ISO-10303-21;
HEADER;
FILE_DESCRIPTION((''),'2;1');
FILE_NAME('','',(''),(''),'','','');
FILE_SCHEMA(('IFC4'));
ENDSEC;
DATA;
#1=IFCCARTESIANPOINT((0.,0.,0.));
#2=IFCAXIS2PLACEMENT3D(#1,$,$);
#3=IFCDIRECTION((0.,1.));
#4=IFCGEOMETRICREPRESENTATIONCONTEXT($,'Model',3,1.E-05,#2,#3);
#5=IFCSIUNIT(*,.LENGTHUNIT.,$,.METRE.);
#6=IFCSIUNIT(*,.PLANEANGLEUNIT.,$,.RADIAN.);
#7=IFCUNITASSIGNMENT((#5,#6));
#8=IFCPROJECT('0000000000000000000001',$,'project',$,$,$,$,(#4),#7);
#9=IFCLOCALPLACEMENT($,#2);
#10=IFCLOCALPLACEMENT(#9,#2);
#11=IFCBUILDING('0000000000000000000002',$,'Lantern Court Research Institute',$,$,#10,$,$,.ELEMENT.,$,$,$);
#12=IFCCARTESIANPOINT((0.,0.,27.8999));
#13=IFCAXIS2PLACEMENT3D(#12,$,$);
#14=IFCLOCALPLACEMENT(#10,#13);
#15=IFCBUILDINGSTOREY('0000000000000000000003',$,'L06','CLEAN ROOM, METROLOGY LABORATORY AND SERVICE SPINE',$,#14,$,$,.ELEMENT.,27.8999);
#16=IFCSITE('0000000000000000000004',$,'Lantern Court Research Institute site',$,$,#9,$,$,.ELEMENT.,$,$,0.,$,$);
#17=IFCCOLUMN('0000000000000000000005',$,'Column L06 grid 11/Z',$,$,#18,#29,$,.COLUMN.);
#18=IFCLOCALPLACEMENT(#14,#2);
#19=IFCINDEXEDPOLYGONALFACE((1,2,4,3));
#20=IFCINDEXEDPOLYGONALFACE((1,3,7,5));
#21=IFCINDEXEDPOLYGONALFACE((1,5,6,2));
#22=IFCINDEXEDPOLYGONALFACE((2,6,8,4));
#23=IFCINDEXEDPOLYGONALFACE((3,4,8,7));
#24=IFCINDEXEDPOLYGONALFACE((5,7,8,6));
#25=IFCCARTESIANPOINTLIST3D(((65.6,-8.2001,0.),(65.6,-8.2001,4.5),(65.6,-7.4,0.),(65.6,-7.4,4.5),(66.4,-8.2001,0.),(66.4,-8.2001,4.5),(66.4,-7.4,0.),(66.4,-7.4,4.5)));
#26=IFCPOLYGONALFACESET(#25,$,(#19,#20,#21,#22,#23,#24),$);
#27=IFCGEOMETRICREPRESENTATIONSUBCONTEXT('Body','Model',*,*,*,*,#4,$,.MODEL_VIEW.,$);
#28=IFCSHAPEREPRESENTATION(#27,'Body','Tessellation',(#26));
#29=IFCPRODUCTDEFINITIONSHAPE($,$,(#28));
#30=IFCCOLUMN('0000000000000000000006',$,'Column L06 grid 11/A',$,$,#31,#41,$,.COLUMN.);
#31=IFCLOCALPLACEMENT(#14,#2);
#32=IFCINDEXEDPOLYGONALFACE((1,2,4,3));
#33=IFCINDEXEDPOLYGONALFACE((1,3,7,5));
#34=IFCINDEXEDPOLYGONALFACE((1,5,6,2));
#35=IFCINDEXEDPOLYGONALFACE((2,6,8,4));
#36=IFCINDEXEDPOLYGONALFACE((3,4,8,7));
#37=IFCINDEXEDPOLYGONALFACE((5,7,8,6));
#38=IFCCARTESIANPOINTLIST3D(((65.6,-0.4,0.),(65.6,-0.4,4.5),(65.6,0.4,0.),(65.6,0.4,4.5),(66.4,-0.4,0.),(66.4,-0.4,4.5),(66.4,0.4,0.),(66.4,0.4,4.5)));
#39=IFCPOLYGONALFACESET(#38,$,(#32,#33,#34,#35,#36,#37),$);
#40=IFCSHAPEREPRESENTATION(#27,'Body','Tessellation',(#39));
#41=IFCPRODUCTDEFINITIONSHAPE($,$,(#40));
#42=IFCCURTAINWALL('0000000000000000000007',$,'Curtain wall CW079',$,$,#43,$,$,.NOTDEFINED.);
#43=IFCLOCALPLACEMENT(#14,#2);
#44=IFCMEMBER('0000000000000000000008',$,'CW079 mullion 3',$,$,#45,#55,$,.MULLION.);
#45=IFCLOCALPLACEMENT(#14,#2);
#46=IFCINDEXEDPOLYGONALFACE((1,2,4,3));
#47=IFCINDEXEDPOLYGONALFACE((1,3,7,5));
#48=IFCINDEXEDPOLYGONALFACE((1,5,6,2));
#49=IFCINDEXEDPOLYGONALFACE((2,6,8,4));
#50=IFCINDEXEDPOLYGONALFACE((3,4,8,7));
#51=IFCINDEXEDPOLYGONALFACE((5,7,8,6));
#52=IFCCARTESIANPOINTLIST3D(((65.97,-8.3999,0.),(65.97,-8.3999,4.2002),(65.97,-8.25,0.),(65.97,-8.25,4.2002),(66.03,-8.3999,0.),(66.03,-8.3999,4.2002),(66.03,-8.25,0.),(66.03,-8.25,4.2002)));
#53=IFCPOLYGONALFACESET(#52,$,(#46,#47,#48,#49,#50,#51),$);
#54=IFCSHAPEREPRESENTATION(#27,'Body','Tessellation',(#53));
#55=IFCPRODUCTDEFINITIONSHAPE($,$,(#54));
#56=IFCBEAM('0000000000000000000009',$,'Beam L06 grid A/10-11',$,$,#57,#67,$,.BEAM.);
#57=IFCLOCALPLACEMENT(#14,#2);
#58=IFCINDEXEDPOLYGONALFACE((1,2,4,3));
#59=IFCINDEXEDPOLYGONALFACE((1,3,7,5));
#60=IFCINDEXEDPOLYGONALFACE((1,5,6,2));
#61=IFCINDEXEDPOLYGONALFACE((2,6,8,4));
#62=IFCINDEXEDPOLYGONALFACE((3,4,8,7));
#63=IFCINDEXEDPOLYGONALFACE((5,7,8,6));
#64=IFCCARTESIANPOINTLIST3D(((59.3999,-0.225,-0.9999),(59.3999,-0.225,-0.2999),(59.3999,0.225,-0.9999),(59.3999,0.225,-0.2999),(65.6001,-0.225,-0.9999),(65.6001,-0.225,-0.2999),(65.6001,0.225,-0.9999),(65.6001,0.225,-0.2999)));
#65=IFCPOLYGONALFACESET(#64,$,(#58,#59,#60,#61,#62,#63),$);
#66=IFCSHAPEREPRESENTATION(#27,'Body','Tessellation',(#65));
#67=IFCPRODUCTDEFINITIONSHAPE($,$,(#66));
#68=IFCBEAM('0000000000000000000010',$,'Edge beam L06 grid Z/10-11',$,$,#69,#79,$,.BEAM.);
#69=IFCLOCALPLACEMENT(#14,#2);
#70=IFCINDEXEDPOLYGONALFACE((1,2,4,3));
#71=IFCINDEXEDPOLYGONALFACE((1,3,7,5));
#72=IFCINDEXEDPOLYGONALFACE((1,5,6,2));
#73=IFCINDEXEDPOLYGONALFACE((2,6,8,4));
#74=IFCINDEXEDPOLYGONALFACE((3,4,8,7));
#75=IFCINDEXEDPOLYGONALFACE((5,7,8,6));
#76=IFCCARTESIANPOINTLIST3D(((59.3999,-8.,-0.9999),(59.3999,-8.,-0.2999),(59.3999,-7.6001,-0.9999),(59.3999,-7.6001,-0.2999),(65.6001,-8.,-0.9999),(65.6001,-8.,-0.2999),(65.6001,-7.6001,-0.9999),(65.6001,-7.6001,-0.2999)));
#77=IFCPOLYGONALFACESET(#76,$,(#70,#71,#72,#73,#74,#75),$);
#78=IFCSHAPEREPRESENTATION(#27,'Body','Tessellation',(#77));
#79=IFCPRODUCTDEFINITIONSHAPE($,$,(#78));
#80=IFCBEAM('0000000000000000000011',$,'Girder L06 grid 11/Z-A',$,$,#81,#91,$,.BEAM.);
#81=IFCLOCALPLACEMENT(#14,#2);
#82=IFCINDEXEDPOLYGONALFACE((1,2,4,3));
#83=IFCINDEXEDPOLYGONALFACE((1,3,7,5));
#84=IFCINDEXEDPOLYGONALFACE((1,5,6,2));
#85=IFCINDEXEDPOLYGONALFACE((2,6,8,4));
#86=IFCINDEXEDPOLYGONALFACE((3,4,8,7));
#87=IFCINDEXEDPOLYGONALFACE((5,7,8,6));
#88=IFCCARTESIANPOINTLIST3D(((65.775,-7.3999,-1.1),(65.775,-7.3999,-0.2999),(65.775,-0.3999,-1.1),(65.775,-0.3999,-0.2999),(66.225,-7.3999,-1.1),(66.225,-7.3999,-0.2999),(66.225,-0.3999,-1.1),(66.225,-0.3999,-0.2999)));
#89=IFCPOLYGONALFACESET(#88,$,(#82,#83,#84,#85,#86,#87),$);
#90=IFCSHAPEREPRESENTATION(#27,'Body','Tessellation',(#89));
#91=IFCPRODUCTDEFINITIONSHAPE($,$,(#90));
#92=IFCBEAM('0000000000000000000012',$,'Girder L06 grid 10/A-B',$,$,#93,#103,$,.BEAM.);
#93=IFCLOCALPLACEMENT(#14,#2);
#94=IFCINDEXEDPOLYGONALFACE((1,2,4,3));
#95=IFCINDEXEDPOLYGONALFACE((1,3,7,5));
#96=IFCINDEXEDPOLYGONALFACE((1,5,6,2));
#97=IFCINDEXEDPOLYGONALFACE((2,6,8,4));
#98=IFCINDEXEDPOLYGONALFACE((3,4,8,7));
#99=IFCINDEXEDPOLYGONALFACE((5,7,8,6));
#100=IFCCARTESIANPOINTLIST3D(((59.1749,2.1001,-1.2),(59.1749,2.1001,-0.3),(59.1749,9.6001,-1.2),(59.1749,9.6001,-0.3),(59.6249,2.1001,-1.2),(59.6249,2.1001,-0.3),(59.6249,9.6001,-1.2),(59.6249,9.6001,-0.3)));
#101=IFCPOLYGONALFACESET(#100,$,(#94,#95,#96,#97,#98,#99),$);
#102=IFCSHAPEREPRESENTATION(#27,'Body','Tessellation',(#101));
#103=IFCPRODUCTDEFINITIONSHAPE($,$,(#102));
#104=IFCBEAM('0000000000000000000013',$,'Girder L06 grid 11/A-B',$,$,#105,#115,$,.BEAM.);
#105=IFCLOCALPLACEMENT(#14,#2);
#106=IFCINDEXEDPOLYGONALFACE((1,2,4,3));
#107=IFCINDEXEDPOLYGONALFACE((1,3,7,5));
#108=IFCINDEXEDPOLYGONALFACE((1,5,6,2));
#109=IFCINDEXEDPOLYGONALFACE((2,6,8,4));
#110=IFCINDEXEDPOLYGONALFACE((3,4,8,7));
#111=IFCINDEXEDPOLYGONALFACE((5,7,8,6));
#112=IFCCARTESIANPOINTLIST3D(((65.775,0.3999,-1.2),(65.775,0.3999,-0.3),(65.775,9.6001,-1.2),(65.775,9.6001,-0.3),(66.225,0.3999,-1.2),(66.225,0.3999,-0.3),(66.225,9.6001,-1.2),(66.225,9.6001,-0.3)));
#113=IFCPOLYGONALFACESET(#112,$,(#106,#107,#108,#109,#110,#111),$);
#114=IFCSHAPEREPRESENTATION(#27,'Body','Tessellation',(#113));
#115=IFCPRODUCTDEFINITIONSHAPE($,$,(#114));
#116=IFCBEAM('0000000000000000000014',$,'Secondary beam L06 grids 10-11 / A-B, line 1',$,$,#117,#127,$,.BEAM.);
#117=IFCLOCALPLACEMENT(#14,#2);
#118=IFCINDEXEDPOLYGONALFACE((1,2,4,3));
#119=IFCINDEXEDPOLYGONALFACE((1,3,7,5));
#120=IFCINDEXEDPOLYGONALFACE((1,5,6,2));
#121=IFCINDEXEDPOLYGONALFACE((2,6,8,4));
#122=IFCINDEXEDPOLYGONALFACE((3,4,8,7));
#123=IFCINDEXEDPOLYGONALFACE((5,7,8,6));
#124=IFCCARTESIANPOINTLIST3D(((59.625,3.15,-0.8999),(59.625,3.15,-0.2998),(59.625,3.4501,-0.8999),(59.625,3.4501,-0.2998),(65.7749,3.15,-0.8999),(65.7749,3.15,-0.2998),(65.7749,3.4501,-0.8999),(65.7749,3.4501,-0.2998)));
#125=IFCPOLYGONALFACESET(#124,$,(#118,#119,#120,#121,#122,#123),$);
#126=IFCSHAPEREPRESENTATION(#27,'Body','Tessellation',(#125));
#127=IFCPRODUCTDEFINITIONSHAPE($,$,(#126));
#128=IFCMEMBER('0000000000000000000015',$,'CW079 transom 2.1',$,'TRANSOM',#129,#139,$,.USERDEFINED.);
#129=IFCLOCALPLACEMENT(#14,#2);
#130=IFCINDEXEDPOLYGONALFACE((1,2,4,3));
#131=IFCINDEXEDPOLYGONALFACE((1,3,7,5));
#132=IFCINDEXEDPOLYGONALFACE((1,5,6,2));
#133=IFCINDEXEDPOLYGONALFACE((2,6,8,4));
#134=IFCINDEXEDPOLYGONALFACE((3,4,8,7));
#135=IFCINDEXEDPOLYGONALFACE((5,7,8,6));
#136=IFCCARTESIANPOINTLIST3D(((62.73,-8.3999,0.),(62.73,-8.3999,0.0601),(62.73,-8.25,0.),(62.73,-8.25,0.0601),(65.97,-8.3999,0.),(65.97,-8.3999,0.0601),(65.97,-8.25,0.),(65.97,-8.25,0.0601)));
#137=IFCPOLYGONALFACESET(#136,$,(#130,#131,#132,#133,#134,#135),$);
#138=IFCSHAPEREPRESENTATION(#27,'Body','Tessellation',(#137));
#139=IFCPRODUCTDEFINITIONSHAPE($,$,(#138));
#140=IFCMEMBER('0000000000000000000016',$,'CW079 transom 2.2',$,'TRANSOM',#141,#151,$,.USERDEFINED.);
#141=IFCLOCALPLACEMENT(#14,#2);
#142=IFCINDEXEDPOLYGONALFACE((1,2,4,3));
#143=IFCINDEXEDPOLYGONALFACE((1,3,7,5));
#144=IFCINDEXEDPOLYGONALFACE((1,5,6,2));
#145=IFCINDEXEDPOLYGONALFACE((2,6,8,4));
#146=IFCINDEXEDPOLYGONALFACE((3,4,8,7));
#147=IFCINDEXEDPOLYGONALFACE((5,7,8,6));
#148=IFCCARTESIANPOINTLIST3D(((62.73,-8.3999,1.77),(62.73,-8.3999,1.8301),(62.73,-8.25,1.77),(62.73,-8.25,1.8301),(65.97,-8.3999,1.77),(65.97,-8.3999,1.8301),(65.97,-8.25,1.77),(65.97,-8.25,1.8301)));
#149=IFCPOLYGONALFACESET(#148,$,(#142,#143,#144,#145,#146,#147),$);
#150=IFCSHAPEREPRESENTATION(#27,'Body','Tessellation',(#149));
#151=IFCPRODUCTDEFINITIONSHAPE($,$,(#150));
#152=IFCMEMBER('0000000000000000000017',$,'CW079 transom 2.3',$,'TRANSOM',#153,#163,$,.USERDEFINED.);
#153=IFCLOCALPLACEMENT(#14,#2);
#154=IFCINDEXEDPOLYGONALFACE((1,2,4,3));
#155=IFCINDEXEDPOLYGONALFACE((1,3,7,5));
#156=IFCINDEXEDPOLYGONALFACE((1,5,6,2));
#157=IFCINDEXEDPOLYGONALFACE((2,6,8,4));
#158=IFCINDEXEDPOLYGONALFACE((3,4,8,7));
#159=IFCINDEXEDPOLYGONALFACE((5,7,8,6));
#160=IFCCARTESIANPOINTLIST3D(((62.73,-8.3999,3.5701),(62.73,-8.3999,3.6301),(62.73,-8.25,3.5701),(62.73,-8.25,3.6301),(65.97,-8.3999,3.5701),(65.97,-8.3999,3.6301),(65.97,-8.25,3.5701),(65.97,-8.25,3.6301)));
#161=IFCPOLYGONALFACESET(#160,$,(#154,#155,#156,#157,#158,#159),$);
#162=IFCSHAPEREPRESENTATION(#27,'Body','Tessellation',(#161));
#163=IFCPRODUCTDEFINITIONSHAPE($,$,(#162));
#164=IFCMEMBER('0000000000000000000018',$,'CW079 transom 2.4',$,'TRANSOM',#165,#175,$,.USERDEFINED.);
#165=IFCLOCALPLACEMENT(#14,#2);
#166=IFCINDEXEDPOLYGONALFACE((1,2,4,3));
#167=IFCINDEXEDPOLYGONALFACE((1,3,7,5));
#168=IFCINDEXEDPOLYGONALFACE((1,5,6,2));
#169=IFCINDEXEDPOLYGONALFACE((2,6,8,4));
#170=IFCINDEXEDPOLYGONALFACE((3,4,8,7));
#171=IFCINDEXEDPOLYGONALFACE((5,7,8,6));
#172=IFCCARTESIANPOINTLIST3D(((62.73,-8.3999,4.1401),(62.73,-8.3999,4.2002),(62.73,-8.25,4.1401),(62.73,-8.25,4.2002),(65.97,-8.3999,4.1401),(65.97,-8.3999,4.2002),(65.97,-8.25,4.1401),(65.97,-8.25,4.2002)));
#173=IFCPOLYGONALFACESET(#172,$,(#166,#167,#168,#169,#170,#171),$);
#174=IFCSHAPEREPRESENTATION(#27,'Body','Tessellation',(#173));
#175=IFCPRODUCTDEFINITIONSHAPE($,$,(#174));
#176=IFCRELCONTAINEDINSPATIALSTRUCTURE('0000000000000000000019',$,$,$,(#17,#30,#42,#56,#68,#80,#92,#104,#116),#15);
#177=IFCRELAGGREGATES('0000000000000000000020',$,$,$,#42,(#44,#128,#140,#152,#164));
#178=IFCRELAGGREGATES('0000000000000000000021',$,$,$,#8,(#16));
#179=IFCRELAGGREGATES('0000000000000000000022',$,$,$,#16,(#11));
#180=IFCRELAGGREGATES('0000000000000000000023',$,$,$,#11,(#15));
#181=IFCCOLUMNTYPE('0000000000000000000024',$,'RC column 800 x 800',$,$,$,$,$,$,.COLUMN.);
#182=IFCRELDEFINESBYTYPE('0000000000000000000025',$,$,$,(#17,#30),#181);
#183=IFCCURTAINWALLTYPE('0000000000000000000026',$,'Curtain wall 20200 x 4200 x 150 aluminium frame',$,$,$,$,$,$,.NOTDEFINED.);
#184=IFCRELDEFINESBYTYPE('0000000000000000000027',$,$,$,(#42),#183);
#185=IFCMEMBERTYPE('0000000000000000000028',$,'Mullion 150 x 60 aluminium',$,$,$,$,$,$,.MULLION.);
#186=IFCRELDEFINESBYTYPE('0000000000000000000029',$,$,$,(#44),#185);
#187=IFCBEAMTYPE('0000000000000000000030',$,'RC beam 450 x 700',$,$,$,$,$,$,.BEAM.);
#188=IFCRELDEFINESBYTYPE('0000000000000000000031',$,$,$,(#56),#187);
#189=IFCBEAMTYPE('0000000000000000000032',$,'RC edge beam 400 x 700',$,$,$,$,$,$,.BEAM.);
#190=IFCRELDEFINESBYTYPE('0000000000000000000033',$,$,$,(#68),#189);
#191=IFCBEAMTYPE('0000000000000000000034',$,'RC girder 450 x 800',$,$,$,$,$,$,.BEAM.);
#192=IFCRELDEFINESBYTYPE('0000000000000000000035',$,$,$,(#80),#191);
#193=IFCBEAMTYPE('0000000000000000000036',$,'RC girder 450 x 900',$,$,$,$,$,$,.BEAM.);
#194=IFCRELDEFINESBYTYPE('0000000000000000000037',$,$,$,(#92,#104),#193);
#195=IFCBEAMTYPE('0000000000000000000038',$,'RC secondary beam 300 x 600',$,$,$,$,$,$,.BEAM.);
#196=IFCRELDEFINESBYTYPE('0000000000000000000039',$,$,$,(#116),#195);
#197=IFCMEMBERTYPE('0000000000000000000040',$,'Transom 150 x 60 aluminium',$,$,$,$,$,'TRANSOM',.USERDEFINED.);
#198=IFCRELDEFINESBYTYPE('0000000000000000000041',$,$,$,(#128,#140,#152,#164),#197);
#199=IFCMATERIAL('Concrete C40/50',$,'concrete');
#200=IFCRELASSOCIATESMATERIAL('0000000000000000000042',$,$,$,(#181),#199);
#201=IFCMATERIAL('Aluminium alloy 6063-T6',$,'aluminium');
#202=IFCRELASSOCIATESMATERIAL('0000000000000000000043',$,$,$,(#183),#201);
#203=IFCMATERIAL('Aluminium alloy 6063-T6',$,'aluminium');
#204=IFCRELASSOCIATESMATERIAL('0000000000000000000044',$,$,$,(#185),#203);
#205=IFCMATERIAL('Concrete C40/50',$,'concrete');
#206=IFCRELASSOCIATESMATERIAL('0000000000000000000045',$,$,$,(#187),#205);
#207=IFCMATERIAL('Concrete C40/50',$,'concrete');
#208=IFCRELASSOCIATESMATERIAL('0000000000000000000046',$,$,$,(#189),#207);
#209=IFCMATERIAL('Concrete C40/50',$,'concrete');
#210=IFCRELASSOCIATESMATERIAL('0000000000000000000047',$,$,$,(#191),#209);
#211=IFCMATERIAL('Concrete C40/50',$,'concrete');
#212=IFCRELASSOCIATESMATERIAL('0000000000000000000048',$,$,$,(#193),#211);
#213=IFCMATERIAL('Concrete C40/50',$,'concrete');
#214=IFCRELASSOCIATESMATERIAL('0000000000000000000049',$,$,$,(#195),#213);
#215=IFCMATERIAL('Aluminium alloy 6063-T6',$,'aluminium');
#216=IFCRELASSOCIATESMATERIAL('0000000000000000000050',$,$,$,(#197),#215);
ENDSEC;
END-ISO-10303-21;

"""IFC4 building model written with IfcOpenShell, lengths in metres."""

from ifc_helpers import new_model, si_unit, direction, frame, origin, origin_2d, place, context, subcontext, project, spatial, rectangle, extrude, material, material_profile, profile_set, type_object, element, aggregate, save


model = new_model("IFC4")

# Units and contexts
model_context = context("Model", 3, precision=1e-05, world=origin(), true_north=direction((0.0, 1.0)))
body_context = subcontext(model_context, "Body", "Model", "MODEL_VIEW")
ifc_project = project(units=[si_unit("LENGTHUNIT", "METRE"), si_unit("PLANEANGLEUNIT", "RADIAN")], contexts=[model_context])

# Site, building, storey
site_placement = place(None, origin())
site = spatial("IfcSite", under=ifc_project, at=site_placement, Name="Lantern Court Research Institute site", CompositionType="ELEMENT", RefElevation=0.0)
building_placement = place(site_placement, origin())
building = spatial("IfcBuilding", under=site, at=building_placement, Name="Lantern Court Research Institute", CompositionType="ELEMENT")
storey_placement = place(building_placement, frame((0.0, 0.0, 27.8999)))
storey = spatial("IfcBuildingStorey", under=building, at=storey_placement, Name="L06", Description="CLEAN ROOM, METROLOGY LABORATORY AND SERVICE SPINE", CompositionType="ELEMENT", Elevation=27.8999)

# Columns
ifc_material_1 = material(Name="Concrete C40/50", Category="concrete")
ifc_material_profile_1 = material_profile(ifc_material_1, rectangle(XDim=0.8, YDim=0.8, at=origin_2d()), Name="RC column 800 x 800")
ifc_profile_set_1 = profile_set([ifc_material_profile_1], Name="Concrete C40/50")
column_type = type_object("IfcColumnType", Name="RC column 800 x 800", PredefinedType="COLUMN", material=ifc_profile_set_1)
for number, where, z_axis, x_axis, name in (
    (1, (66.0, -7.8, 0.0), (0.0, 0.0, 1.0), (1.0, 0.0, 0.0), "Column L06 grid 11/Z"),
    (2, (66.0, 0.0, 0.0), (0.0, 0.0, 1.0), (1.0, 0.0, 0.0), "Column L06 grid 11/A"),
):
    element("IfcColumn", number, at=place(storey_placement, frame(where, z_axis=z_axis, x_axis=x_axis)), inside=storey, type_object=column_type, Name=name, PredefinedType="COLUMN", context=body_context, shape_type="SweptSolid", body=[
        extrude(rectangle(XDim=0.8, YDim=0.8, at=origin_2d()), origin(), (0.0, 0.0, 1.0), 4.5),
    ])

# Curtain wall, member
ifc_material_2 = material(Name="Aluminium alloy 6063-T6", Category="aluminium")
curtain_wall_type = type_object("IfcCurtainWallType", Name="Curtain wall 20200 x 4200 x 150 aluminium frame", PredefinedType="NOTDEFINED", material=ifc_material_2)
curtain_wall_placement = place(storey_placement, origin())
curtain_wall = element("IfcCurtainWall", 3, at=curtain_wall_placement, inside=storey, type_object=curtain_wall_type, Name="Curtain wall CW079", PredefinedType="NOTDEFINED")
ifc_material_3 = material(Name="Aluminium alloy 6063-T6", Category="aluminium")
ifc_material_profile_2 = material_profile(ifc_material_3, rectangle(XDim=0.1499, YDim=0.0601, at=origin_2d()), Name="Mullion 150 x 60")
ifc_profile_set_2 = profile_set([ifc_material_profile_2], Name="Aluminium alloy 6063-T6")
member_type_1 = type_object("IfcMemberType", Name="Mullion 150 x 60 aluminium", PredefinedType="MULLION", material=ifc_profile_set_2)
member_1_placement = place(storey_placement, frame((66.0, -8.325, 0.0), z_axis=(0.0, 0.0, 1.0), x_axis=(0.0, -1.0, 0.0)))
member_1 = element("IfcMember", 4, at=member_1_placement, type_object=member_type_1, Name="CW079 mullion 3", PredefinedType="MULLION", context=body_context, shape_type="SweptSolid", body=[
    extrude(rectangle(XDim=0.1499, YDim=0.0601, at=origin_2d()), origin(), (0.0, 0.0, 1.0), 4.2002),
])

# Beams
ifc_material_4 = material(Name="Concrete C40/50", Category="concrete")
ifc_material_profile_3 = material_profile(ifc_material_4, rectangle(XDim=0.45, YDim=0.7, at=origin_2d()), Name="RC beam 450 x 700")
ifc_profile_set_3 = profile_set([ifc_material_profile_3], Name="Concrete C40/50")
beam_type_1 = type_object("IfcBeamType", Name="RC beam 450 x 700", PredefinedType="BEAM", material=ifc_profile_set_3)
beam_1_placement = place(storey_placement, frame((59.3999, 0.0, -0.6499), z_axis=(1.0, 0.0, 0.0), x_axis=(0.0, 1.0, 0.0)))
element("IfcBeam", 5, at=beam_1_placement, inside=storey, type_object=beam_type_1, Name="Beam L06 grid A/10-11", PredefinedType="BEAM", context=body_context, shape_type="SweptSolid", body=[
    extrude(rectangle(XDim=0.45, YDim=0.7, at=origin_2d()), origin(), (0.0, 0.0, 1.0), 6.2002),
])
ifc_material_5 = material(Name="Concrete C40/50", Category="concrete")
ifc_material_profile_4 = material_profile(ifc_material_5, rectangle(XDim=0.3999, YDim=0.7, at=origin_2d()), Name="RC beam 400 x 700")
ifc_profile_set_4 = profile_set([ifc_material_profile_4], Name="Concrete C40/50")
beam_type_2 = type_object("IfcBeamType", Name="RC edge beam 400 x 700", PredefinedType="BEAM", material=ifc_profile_set_4)
beam_2_placement = place(storey_placement, frame((59.3999, -7.8, -0.6499), z_axis=(1.0, 0.0, 0.0), x_axis=(0.0, 1.0, 0.0)))
element("IfcBeam", 6, at=beam_2_placement, inside=storey, type_object=beam_type_2, Name="Edge beam L06 grid Z/10-11", PredefinedType="BEAM", context=body_context, shape_type="SweptSolid", body=[
    extrude(rectangle(XDim=0.3999, YDim=0.7, at=origin_2d()), origin(), (0.0, 0.0, 1.0), 6.2002),
])
ifc_material_6 = material(Name="Concrete C40/50", Category="concrete")
ifc_material_profile_5 = material_profile(ifc_material_6, rectangle(XDim=0.45, YDim=0.8, at=origin_2d()), Name="RC beam 450 x 800")
ifc_profile_set_5 = profile_set([ifc_material_profile_5], Name="Concrete C40/50")
beam_type_3 = type_object("IfcBeamType", Name="RC girder 450 x 800", PredefinedType="BEAM", material=ifc_profile_set_5)
beam_3_placement = place(storey_placement, frame((66.0, -7.3999, -0.7), z_axis=(0.0, 1.0, 0.0), x_axis=(-1.0, 0.0, 0.0)))
element("IfcBeam", 7, at=beam_3_placement, inside=storey, type_object=beam_type_3, Name="Girder L06 grid 11/Z-A", PredefinedType="BEAM", context=body_context, shape_type="SweptSolid", body=[
    extrude(rectangle(XDim=0.45, YDim=0.8, at=origin_2d()), origin(), (0.0, 0.0, 1.0), 7.0),
])
ifc_material_7 = material(Name="Concrete C40/50", Category="concrete")
ifc_material_profile_6 = material_profile(ifc_material_7, rectangle(XDim=0.45, YDim=0.8999, at=origin_2d()), Name="RC beam 450 x 900")
ifc_profile_set_6 = profile_set([ifc_material_profile_6], Name="Concrete C40/50")
beam_type_4 = type_object("IfcBeamType", Name="RC girder 450 x 900", PredefinedType="BEAM", material=ifc_profile_set_6)
beam_4_placement = place(storey_placement, frame((59.3999, 2.1001, -0.75), z_axis=(0.0, 1.0, 0.0), x_axis=(-1.0, 0.0, 0.0)))
element("IfcBeam", 8, at=beam_4_placement, inside=storey, type_object=beam_type_4, Name="Girder L06 grid 10/A-B", PredefinedType="BEAM", context=body_context, shape_type="SweptSolid", body=[
    extrude(rectangle(XDim=0.45, YDim=0.8999, at=origin_2d()), origin(), (0.0, 0.0, 1.0), 7.5),
])
beam_5_placement = place(storey_placement, frame((66.0, 0.3999, -0.75), z_axis=(0.0, 1.0, 0.0), x_axis=(-1.0, 0.0, 0.0)))
element("IfcBeam", 9, at=beam_5_placement, inside=storey, type_object=beam_type_4, Name="Girder L06 grid 11/A-B", PredefinedType="BEAM", context=body_context, shape_type="SweptSolid", body=[
    extrude(rectangle(XDim=0.45, YDim=0.8999, at=origin_2d()), origin(), (0.0, 0.0, 1.0), 9.2002),
])
ifc_material_8 = material(Name="Concrete C40/50", Category="concrete")
ifc_material_profile_7 = material_profile(ifc_material_8, rectangle(XDim=0.3, YDim=0.6001, at=origin_2d()), Name="RC beam 300 x 600")
ifc_profile_set_7 = profile_set([ifc_material_profile_7], Name="Concrete C40/50")
beam_type_5 = type_object("IfcBeamType", Name="RC secondary beam 300 x 600", PredefinedType="BEAM", material=ifc_profile_set_7)
beam_6_placement = place(storey_placement, frame((59.625, 3.3, -0.5999), z_axis=(1.0, 0.0, 0.0), x_axis=(0.0, 1.0, 0.0)))
element("IfcBeam", 10, at=beam_6_placement, inside=storey, type_object=beam_type_5, Name="Secondary beam L06 grids 10-11 / A-B, line 1", PredefinedType="BEAM", context=body_context, shape_type="SweptSolid", body=[
    extrude(rectangle(XDim=0.3, YDim=0.6001, at=origin_2d()), origin(), (0.0, 0.0, 1.0), 6.1499),
])

# Members
ifc_material_9 = material(Name="Aluminium alloy 6063-T6", Category="aluminium")
ifc_material_profile_8 = material_profile(ifc_material_9, rectangle(XDim=0.1499, YDim=0.0601, at=origin_2d()), Name="Transom 150 x 60")
ifc_profile_set_8 = profile_set([ifc_material_profile_8], Name="Aluminium alloy 6063-T6")
member_type_2 = type_object("IfcMemberType", Name="Transom 150 x 60 aluminium", ElementType="TRANSOM", PredefinedType="USERDEFINED", material=ifc_profile_set_8)
member_2_placement = place(storey_placement, frame((65.97, -8.325, 0.03), z_axis=(-1.0, 0.0, 0.0), x_axis=(0.0, -1.0, 0.0)))
member_2 = element("IfcMember", 11, at=member_2_placement, type_object=member_type_2, Name="CW079 transom 2.1", ObjectType="TRANSOM", PredefinedType="USERDEFINED", context=body_context, shape_type="SweptSolid", body=[
    extrude(rectangle(XDim=0.1499, YDim=0.0601, at=origin_2d()), origin(), (0.0, 0.0, 1.0), 3.24),
])
member_3_placement = place(storey_placement, frame((65.97, -8.325, 1.8), z_axis=(-1.0, 0.0, 0.0), x_axis=(0.0, -1.0, 0.0)))
member_3 = element("IfcMember", 12, at=member_3_placement, type_object=member_type_2, Name="CW079 transom 2.2", ObjectType="TRANSOM", PredefinedType="USERDEFINED", context=body_context, shape_type="SweptSolid", body=[
    extrude(rectangle(XDim=0.1499, YDim=0.0601, at=origin_2d()), origin(), (0.0, 0.0, 1.0), 3.24),
])
member_4_placement = place(storey_placement, frame((65.97, -8.325, 3.6001), z_axis=(-1.0, 0.0, 0.0), x_axis=(0.0, -1.0, 0.0)))
member_4 = element("IfcMember", 13, at=member_4_placement, type_object=member_type_2, Name="CW079 transom 2.3", ObjectType="TRANSOM", PredefinedType="USERDEFINED", context=body_context, shape_type="SweptSolid", body=[
    extrude(rectangle(XDim=0.1499, YDim=0.0601, at=origin_2d()), origin(), (0.0, 0.0, 1.0), 3.24),
])
member_5_placement = place(storey_placement, frame((65.97, -8.325, 4.1702), z_axis=(-1.0, 0.0, 0.0), x_axis=(0.0, -1.0, 0.0)))
member_5 = element("IfcMember", 14, at=member_5_placement, type_object=member_type_2, Name="CW079 transom 2.4", ObjectType="TRANSOM", PredefinedType="USERDEFINED", context=body_context, shape_type="SweptSolid", body=[
    extrude(rectangle(XDim=0.1499, YDim=0.0601, at=origin_2d()), origin(), (0.0, 0.0, 1.0), 3.24),
])
aggregate(curtain_wall, [member_1, member_2, member_3, member_4, member_5])

save(model, "model.ifc")
